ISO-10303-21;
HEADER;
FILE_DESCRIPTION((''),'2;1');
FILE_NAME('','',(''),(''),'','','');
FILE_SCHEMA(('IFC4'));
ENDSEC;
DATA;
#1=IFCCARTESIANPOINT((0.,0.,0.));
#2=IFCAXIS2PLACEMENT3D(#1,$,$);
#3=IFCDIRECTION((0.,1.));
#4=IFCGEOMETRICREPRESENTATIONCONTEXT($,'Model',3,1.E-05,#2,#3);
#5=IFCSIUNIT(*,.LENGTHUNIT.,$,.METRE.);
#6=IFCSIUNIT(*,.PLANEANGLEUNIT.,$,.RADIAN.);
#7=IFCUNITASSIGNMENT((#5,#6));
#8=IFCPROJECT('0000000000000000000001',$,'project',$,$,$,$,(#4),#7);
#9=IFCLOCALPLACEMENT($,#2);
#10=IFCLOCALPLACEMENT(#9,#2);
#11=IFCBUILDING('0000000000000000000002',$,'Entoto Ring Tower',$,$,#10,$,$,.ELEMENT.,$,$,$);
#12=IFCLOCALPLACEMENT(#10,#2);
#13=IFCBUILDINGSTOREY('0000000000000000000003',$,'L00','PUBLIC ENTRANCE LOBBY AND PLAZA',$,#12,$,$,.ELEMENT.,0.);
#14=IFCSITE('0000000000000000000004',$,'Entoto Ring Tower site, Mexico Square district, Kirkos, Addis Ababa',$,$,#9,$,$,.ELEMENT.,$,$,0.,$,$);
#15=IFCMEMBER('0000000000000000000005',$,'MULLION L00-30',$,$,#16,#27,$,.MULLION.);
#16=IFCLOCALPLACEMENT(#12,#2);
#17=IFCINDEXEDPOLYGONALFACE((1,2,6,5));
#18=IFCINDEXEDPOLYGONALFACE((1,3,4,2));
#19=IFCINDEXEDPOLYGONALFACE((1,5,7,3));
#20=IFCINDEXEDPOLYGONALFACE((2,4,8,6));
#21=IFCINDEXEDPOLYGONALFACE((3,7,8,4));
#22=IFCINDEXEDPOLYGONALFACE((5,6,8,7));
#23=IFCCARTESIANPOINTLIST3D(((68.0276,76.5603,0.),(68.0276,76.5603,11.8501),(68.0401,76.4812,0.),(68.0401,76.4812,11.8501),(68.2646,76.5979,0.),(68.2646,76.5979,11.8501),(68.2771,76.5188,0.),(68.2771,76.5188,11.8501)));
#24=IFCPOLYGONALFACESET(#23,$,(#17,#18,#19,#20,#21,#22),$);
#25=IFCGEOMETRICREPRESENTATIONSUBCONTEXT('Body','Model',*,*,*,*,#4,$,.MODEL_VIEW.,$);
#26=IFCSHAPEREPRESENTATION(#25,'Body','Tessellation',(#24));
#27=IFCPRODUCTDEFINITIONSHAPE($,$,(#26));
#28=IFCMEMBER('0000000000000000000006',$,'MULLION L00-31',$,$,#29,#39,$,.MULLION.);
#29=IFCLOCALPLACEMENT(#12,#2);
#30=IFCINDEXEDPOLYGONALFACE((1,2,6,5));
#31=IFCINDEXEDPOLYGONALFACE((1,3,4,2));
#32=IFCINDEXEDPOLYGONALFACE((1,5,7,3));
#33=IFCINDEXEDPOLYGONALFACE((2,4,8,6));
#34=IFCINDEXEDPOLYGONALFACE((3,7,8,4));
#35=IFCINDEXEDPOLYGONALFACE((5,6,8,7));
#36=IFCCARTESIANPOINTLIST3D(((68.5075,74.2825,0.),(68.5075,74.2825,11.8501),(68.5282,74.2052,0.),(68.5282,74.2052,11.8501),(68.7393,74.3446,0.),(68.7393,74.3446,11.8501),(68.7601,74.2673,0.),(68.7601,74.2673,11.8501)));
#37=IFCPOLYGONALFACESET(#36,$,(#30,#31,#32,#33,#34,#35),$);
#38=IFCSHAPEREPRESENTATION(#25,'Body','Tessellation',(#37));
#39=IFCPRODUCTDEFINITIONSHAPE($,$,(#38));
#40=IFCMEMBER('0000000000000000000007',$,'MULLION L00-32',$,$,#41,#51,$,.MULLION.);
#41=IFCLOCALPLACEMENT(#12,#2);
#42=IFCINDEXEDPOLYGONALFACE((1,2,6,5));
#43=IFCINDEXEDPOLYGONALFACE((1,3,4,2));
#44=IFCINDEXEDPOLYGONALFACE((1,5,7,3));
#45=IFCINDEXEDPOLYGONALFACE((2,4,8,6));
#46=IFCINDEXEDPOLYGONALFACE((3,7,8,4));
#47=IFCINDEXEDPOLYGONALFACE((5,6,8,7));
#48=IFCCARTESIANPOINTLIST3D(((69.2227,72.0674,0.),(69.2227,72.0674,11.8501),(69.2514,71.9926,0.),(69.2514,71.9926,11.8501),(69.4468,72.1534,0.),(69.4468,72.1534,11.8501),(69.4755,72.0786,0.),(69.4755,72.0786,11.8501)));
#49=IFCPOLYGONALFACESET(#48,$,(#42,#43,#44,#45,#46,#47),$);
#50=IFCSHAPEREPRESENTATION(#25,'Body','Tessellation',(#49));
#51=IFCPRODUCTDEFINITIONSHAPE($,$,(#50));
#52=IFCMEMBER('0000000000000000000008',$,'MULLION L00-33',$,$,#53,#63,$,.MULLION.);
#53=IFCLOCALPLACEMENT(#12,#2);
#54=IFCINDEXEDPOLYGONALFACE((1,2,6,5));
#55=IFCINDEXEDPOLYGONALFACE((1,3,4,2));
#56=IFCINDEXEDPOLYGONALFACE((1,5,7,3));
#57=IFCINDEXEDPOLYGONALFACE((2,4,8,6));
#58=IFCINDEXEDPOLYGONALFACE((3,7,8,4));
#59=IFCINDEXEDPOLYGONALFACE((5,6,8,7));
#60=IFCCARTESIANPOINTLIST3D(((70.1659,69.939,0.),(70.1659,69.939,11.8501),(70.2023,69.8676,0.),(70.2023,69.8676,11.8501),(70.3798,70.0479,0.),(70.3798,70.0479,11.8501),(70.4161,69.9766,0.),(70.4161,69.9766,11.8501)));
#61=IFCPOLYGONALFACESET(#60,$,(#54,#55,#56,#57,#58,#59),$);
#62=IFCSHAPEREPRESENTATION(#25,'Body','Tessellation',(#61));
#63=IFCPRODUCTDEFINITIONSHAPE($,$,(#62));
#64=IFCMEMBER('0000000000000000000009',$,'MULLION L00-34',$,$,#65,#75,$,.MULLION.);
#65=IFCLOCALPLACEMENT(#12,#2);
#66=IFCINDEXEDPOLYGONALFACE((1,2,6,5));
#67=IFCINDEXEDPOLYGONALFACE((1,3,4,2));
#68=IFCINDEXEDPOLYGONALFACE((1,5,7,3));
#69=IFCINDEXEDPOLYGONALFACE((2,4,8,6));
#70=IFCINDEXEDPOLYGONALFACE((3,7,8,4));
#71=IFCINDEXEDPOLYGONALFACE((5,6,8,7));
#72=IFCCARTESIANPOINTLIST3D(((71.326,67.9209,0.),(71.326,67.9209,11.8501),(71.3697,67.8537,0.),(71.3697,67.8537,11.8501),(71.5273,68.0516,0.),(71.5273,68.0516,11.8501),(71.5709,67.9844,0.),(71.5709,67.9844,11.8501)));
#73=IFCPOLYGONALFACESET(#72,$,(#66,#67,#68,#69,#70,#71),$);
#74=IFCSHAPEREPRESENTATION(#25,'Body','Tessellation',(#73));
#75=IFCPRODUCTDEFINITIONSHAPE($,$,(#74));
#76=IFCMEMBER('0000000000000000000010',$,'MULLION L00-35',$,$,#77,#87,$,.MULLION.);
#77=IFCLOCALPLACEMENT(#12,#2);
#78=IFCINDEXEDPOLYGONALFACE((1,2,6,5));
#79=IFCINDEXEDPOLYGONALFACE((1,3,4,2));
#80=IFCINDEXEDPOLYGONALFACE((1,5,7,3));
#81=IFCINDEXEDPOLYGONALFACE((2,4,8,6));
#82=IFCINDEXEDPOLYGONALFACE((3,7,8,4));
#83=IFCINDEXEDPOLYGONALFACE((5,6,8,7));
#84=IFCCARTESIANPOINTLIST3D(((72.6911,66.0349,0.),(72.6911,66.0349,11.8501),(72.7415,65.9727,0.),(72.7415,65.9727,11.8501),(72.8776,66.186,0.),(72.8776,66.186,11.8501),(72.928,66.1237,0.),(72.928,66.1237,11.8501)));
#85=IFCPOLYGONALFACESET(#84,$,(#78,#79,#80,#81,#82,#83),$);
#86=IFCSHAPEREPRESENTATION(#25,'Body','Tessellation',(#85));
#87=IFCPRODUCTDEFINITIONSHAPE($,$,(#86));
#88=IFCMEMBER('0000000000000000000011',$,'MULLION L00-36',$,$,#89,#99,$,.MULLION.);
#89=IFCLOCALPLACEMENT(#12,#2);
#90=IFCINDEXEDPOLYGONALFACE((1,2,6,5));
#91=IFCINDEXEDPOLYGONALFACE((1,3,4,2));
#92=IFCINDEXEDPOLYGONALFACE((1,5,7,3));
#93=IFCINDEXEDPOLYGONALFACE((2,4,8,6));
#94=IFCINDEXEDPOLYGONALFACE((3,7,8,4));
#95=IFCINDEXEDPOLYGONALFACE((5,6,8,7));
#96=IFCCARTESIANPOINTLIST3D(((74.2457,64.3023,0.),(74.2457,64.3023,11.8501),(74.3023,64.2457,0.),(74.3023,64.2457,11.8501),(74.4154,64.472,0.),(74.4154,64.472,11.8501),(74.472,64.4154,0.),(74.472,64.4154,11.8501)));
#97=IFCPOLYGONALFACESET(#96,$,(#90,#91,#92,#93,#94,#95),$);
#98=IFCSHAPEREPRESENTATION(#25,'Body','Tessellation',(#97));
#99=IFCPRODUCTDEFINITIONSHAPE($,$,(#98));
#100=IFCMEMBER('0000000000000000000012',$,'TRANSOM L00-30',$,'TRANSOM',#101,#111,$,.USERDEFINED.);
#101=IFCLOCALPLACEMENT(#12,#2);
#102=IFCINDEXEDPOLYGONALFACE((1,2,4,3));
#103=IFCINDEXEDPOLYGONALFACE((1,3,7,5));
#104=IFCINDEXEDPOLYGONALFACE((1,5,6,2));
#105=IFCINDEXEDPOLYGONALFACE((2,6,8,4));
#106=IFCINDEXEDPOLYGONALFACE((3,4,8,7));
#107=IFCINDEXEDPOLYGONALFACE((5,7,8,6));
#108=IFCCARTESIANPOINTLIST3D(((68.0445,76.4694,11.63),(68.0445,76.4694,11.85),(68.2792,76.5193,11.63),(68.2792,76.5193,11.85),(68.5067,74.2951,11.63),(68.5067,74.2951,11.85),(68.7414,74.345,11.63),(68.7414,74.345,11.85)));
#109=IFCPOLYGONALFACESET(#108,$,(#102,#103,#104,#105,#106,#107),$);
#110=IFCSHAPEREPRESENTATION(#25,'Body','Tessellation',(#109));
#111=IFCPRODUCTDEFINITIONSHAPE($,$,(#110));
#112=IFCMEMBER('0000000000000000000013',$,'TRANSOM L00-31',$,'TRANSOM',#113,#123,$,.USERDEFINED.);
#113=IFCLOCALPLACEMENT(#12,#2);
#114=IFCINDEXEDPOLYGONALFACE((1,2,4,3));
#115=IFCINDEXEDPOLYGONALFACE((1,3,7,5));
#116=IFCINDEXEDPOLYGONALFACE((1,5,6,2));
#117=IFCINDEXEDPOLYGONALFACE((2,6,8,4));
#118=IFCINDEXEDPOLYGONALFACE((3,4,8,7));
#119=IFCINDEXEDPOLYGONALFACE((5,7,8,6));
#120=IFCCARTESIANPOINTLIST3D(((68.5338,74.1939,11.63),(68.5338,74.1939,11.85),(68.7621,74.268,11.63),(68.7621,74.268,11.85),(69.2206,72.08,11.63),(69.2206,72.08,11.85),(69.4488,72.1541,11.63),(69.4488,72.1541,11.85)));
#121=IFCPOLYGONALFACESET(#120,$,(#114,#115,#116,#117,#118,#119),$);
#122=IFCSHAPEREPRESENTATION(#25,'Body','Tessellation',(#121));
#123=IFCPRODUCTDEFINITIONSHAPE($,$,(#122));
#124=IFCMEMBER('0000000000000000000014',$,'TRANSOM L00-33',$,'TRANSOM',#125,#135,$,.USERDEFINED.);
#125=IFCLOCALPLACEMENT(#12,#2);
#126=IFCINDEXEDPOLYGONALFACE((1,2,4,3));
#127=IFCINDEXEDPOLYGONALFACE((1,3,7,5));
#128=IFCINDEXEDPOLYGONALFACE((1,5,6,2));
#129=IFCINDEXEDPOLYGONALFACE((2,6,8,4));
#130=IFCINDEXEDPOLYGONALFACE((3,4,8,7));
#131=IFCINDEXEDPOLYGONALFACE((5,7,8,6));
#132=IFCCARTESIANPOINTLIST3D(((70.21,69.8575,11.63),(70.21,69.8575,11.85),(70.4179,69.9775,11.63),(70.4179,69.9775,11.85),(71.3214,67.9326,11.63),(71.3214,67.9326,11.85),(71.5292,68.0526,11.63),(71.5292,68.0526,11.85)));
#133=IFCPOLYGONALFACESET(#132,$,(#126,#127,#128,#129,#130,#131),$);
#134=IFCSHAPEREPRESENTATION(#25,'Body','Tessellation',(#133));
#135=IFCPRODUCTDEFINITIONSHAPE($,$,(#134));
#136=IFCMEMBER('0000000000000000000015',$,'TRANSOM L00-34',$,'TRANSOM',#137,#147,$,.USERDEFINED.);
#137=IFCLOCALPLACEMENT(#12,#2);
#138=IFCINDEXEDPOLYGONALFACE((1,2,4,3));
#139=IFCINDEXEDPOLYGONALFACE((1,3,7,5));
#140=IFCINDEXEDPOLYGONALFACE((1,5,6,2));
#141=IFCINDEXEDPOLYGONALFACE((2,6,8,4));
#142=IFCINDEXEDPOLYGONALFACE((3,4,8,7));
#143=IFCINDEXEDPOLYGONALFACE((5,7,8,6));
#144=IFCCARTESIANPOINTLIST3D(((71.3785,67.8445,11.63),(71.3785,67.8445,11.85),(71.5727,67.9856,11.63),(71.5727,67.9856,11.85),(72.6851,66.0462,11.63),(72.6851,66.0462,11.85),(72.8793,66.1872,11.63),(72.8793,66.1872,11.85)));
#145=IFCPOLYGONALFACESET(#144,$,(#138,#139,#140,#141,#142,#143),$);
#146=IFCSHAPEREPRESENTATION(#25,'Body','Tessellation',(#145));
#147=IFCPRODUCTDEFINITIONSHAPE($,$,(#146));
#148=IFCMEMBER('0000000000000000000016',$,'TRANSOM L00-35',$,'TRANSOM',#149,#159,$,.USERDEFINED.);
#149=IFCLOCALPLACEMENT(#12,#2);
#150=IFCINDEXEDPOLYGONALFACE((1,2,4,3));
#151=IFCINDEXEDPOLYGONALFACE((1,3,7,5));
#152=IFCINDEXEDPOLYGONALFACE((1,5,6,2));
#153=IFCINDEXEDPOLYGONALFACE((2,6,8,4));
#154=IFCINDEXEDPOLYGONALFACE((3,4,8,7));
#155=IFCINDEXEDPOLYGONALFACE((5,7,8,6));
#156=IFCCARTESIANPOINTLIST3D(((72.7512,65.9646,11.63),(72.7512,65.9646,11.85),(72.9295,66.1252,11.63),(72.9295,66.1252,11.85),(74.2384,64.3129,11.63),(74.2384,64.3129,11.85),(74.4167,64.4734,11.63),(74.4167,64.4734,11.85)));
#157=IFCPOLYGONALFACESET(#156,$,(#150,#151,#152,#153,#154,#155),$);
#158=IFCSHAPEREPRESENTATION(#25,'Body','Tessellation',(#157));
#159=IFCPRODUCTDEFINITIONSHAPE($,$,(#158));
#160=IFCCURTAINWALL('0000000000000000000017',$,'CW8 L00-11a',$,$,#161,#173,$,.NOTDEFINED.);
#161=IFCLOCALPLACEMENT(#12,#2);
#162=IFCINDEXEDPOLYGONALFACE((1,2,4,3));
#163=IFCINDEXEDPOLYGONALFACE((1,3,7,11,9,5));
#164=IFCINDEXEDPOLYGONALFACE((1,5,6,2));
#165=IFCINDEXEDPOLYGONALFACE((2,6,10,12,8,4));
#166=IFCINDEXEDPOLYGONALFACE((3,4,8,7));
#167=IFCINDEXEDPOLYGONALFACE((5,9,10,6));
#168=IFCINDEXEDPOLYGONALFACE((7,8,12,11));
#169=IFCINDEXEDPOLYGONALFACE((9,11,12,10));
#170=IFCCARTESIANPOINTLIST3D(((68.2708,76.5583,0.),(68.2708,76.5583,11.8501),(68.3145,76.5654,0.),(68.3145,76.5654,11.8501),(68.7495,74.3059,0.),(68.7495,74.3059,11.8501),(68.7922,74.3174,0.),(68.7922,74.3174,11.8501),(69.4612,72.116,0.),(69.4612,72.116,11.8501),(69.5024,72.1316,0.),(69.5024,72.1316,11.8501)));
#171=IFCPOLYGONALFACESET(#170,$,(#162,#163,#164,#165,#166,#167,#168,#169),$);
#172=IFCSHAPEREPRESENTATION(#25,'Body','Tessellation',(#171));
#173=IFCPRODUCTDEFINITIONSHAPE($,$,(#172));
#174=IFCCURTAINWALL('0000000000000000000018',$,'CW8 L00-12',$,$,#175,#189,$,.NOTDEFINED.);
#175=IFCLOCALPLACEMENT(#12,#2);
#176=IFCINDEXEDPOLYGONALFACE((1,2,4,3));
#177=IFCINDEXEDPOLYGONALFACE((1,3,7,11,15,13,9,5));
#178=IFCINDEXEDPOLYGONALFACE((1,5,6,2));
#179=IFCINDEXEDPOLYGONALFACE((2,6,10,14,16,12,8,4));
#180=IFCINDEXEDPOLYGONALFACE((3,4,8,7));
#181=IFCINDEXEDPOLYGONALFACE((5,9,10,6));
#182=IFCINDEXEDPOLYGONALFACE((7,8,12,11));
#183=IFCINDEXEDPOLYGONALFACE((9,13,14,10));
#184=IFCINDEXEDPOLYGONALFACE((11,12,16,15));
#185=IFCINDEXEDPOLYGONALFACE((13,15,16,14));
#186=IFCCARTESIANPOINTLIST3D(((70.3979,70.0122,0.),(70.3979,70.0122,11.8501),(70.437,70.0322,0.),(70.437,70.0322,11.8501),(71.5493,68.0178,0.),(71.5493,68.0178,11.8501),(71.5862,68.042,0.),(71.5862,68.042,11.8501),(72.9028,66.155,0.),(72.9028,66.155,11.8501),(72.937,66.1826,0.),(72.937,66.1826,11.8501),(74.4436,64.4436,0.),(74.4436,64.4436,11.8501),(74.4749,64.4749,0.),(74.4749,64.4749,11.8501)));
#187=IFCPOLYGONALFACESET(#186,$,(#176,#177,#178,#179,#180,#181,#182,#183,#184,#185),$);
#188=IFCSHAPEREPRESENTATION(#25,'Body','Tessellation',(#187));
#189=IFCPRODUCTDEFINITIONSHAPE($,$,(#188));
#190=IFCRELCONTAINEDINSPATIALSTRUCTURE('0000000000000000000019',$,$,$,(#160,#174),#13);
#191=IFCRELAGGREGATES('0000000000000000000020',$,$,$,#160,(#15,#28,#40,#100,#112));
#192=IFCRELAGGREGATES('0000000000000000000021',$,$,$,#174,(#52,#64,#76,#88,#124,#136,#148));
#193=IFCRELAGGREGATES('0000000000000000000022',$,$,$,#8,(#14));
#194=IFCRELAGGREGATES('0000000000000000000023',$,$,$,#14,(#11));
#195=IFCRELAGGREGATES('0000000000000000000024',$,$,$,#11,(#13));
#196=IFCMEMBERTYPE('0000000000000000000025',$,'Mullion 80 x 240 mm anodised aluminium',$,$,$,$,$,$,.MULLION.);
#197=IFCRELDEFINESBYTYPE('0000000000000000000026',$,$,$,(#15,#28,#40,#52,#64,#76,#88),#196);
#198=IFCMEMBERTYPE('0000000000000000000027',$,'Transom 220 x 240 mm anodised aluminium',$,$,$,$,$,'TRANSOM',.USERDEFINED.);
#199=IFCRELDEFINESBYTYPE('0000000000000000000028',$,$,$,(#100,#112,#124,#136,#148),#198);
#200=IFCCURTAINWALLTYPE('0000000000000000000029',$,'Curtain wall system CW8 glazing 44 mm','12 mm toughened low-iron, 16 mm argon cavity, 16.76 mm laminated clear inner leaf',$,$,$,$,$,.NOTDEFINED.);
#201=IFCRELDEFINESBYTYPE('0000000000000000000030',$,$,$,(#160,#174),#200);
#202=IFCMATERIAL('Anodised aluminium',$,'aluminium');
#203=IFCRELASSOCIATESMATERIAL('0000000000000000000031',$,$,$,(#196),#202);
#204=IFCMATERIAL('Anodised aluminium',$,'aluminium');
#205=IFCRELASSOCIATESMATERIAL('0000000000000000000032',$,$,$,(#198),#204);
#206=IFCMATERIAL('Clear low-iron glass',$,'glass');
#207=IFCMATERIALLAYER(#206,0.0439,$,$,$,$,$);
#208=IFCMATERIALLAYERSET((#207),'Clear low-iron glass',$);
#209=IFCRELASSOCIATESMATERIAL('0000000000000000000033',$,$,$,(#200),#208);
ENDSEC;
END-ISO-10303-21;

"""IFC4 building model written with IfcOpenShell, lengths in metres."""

from ifc_helpers import new_model, si_unit, direction, frame, origin, origin_2d, place, context, subcontext, project, spatial, polyline, rectangle, outline, extrude, material, layer, layer_set, material_profile, profile_set, type_object, element, aggregate, save


model = new_model("IFC4")

# Units and contexts
model_context = context("Model", 3, precision=1e-05, world=origin(), true_north=direction((0.0, 1.0)))
body_context = subcontext(model_context, "Body", "Model", "MODEL_VIEW")
ifc_project = project(units=[si_unit("LENGTHUNIT", "METRE"), si_unit("PLANEANGLEUNIT", "RADIAN")], contexts=[model_context])

# Members
ifc_material_1 = material(Name="Anodised aluminium", Category="aluminium")
ifc_material_profile_1 = material_profile(ifc_material_1, rectangle(XDim=0.0801, YDim=0.24, at=origin_2d()), Name="Mullion 80 x 240 mm anodised aluminium")
ifc_profile_set_1 = profile_set([ifc_material_profile_1], Name="Anodised aluminium")
member_type_1 = type_object("IfcMemberType", Name="Mullion 80 x 240 mm anodised aluminium", PredefinedType="MULLION", material=ifc_profile_set_1)
site_placement = place(None, origin())
building_placement = place(site_placement, origin())
storey_placement = place(building_placement, origin())
member_1_placement = place(storey_placement, frame((68.1523, 76.5396, 0.0), z_axis=(0.0, 0.0, 1.0), x_axis=(0.156434, -0.987688, 0.0)))
member_1 = element("IfcMember", 1, at=member_1_placement, type_object=member_type_1, Name="MULLION L00-30", PredefinedType="MULLION", context=body_context, shape_type="SweptSolid", body=[
    extrude(rectangle(XDim=0.0801, YDim=0.24, at=origin_2d()), origin(), (0.0, 0.0, 1.0), 11.8501),
])
member_2_placement = place(storey_placement, frame((68.6338, 74.2749, 0.0), z_axis=(0.0, 0.0, 1.0), x_axis=(0.258819, -0.965926, 0.0)))
member_2 = element("IfcMember", 2, at=member_2_placement, type_object=member_type_1, Name="MULLION L00-31", PredefinedType="MULLION", context=body_context, shape_type="SweptSolid", body=[
    extrude(rectangle(XDim=0.0801, YDim=0.24, at=origin_2d()), origin(), (0.0, 0.0, 1.0), 11.8501),
])
member_3_placement = place(storey_placement, frame((69.3491, 72.073, 0.0), z_axis=(0.0, 0.0, 1.0), x_axis=(0.358368, -0.93358, 0.0)))
member_3 = element("IfcMember", 3, at=member_3_placement, type_object=member_type_1, Name="MULLION L00-32", PredefinedType="MULLION", context=body_context, shape_type="SweptSolid", body=[
    extrude(rectangle(XDim=0.0801, YDim=0.24, at=origin_2d()), origin(), (0.0, 0.0, 1.0), 11.8501),
])
member_4_placement = place(storey_placement, frame((70.291, 69.9578, 0.0), z_axis=(0.0, 0.0, 1.0), x_axis=(0.45399, -0.891007, 0.0)))
member_4 = element("IfcMember", 4, at=member_4_placement, type_object=member_type_1, Name="MULLION L00-33", PredefinedType="MULLION", context=body_context, shape_type="SweptSolid", body=[
    extrude(rectangle(XDim=0.0801, YDim=0.24, at=origin_2d()), origin(), (0.0, 0.0, 1.0), 11.8501),
])
member_5_placement = place(storey_placement, frame((71.4485, 67.9526, 0.0), z_axis=(0.0, 0.0, 1.0), x_axis=(0.544639, -0.838671, 0.0)))
member_5 = element("IfcMember", 5, at=member_5_placement, type_object=member_type_1, Name="MULLION L00-34", PredefinedType="MULLION", context=body_context, shape_type="SweptSolid", body=[
    extrude(rectangle(XDim=0.0801, YDim=0.24, at=origin_2d()), origin(), (0.0, 0.0, 1.0), 11.8501),
])
member_6_placement = place(storey_placement, frame((72.8096, 66.0793, 0.0), z_axis=(0.0, 0.0, 1.0), x_axis=(0.62932, -0.777146, 0.0)))
member_6 = element("IfcMember", 6, at=member_6_placement, type_object=member_type_1, Name="MULLION L00-35", PredefinedType="MULLION", context=body_context, shape_type="SweptSolid", body=[
    extrude(rectangle(XDim=0.0801, YDim=0.24, at=origin_2d()), origin(), (0.0, 0.0, 1.0), 11.8501),
])
member_7_placement = place(storey_placement, frame((74.3589, 64.3589, 0.0), z_axis=(0.0, 0.0, 1.0), x_axis=(0.707107, -0.707107, 0.0)))
member_7 = element("IfcMember", 7, at=member_7_placement, type_object=member_type_1, Name="MULLION L00-36", PredefinedType="MULLION", context=body_context, shape_type="SweptSolid", body=[
    extrude(rectangle(XDim=0.0801, YDim=0.24, at=origin_2d()), origin(), (0.0, 0.0, 1.0), 11.8501),
])
ifc_material_2 = material(Name="Anodised aluminium", Category="aluminium")
ifc_material_profile_2 = material_profile(ifc_material_2, rectangle(XDim=0.24, YDim=0.22, at=origin_2d()), Name="Transom 220 x 240 mm anodised aluminium")
ifc_profile_set_2 = profile_set([ifc_material_profile_2], Name="Anodised aluminium")
member_type_2 = type_object("IfcMemberType", Name="Transom 220 x 240 mm anodised aluminium", ElementType="TRANSOM", PredefinedType="USERDEFINED", material=ifc_profile_set_2)
member_8_placement = place(storey_placement, frame((68.1619, 76.4944, 11.74), z_axis=(0.207909, -0.978148, 0.0), x_axis=(0.978148, 0.207909, 0.0)))
member_8 = element("IfcMember", 8, at=member_8_placement, type_object=member_type_2, Name="TRANSOM L00-30", ObjectType="TRANSOM", PredefinedType="USERDEFINED", context=body_context, shape_type="SweptSolid", body=[
    extrude(rectangle(XDim=0.24, YDim=0.22, at=origin_2d()), origin(), (0.0, 0.0, 1.0), 2.2229),
])
member_9_placement = place(storey_placement, frame((68.6479, 74.231, 11.74), z_axis=(0.308969, -0.951072, 0.0), x_axis=(0.951072, 0.308969, 0.0)))
member_9 = element("IfcMember", 9, at=member_9_placement, type_object=member_type_2, Name="TRANSOM L00-31", ObjectType="TRANSOM", PredefinedType="USERDEFINED", context=body_context, shape_type="SweptSolid", body=[
    extrude(rectangle(XDim=0.24, YDim=0.22, at=origin_2d()), origin(), (0.0, 0.0, 1.0), 2.2227),
])
member_10_placement = place(storey_placement, frame((70.314, 69.9175, 11.74), z_axis=(0.500014, -0.866017, 0.0), x_axis=(0.866017, 0.500014, 0.0)))
member_10 = element("IfcMember", 10, at=member_10_placement, type_object=member_type_2, Name="TRANSOM L00-33", ObjectType="TRANSOM", PredefinedType="USERDEFINED", context=body_context, shape_type="SweptSolid", body=[
    extrude(rectangle(XDim=0.24, YDim=0.22, at=origin_2d()), origin(), (0.0, 0.0, 1.0), 2.2227),
])
member_11_placement = place(storey_placement, frame((71.4756, 67.915, 11.74), z_axis=(0.587806, -0.809002, 0.0), x_axis=(0.809002, 0.587806, 0.0)))
member_11 = element("IfcMember", 11, at=member_11_placement, type_object=member_type_2, Name="TRANSOM L00-34", ObjectType="TRANSOM", PredefinedType="USERDEFINED", context=body_context, shape_type="SweptSolid", body=[
    extrude(rectangle(XDim=0.24, YDim=0.22, at=origin_2d()), origin(), (0.0, 0.0, 1.0), 2.2229),
])
member_12_placement = place(storey_placement, frame((72.8403, 66.0449, 11.74), z_axis=(0.669122, -0.743152, 0.0), x_axis=(0.743152, 0.669122, 0.0)))
member_12 = element("IfcMember", 12, at=member_12_placement, type_object=member_type_2, Name="TRANSOM L00-35", ObjectType="TRANSOM", PredefinedType="USERDEFINED", context=body_context, shape_type="SweptSolid", body=[
    extrude(rectangle(XDim=0.24, YDim=0.22, at=origin_2d()), origin(), (0.0, 0.0, 1.0), 2.2227),
])

# Site, building, storey
site = spatial("IfcSite", under=ifc_project, at=site_placement, Name="Entoto Ring Tower site, Mexico Square district, Kirkos, Addis Ababa", CompositionType="ELEMENT", RefElevation=0.0)
building = spatial("IfcBuilding", under=site, at=building_placement, Name="Entoto Ring Tower", CompositionType="ELEMENT")
storey = spatial("IfcBuildingStorey", under=building, at=storey_placement, Name="L00", Description="PUBLIC ENTRANCE LOBBY AND PLAZA", CompositionType="ELEMENT", Elevation=0.0)

# Curtain walls
ifc_material_3 = material(Name="Clear low-iron glass", Category="glass")
ifc_layer = layer(ifc_material_3, 0.0439)
ifc_layer_set = layer_set([ifc_layer], Name="Clear low-iron glass")
curtain_wall_type = type_object("IfcCurtainWallType", Name="Curtain wall system CW8 glazing 44 mm", Description="12 mm toughened low-iron, 16 mm argon cavity, 16.76 mm laminated clear inner leaf", PredefinedType="NOTDEFINED", material=ifc_layer_set)
curtain_wall_1_placement = place(storey_placement, origin())
curtain_wall_1 = element("IfcCurtainWall", 13, at=curtain_wall_1_placement, inside=storey, type_object=curtain_wall_type, Name="CW8 L00-11a", PredefinedType="NOTDEFINED", context=body_context, shape_type="SweptSolid", body=[
    extrude(outline(polyline([(68.2708, 76.5583), (68.7495, 74.3059), (69.4612, 72.116), (69.5024, 72.1316), (68.7922, 74.3174), (68.3145, 76.5654), (68.2708, 76.5583)])), origin(), (0.0, 0.0, 1.0), 11.8501),
])
aggregate(curtain_wall_1, [member_1, member_2, member_3, member_8, member_9])
curtain_wall_2_placement = place(storey_placement, origin())
curtain_wall_2 = element("IfcCurtainWall", 14, at=curtain_wall_2_placement, inside=storey, type_object=curtain_wall_type, Name="CW8 L00-12", PredefinedType="NOTDEFINED", context=body_context, shape_type="SweptSolid", body=[
    extrude(outline(polyline([(70.3979, 70.0122), (71.5493, 68.0178), (72.9028, 66.155), (74.4436, 64.4436), (74.4749, 64.4749), (72.937, 66.1826), (71.5862, 68.042), (70.437, 70.0322), (70.3979, 70.0122)])), origin(), (0.0, 0.0, 1.0), 11.8501),
])
aggregate(curtain_wall_2, [member_4, member_5, member_6, member_7, member_10, member_11, member_12])

save(model, "model.ifc")
